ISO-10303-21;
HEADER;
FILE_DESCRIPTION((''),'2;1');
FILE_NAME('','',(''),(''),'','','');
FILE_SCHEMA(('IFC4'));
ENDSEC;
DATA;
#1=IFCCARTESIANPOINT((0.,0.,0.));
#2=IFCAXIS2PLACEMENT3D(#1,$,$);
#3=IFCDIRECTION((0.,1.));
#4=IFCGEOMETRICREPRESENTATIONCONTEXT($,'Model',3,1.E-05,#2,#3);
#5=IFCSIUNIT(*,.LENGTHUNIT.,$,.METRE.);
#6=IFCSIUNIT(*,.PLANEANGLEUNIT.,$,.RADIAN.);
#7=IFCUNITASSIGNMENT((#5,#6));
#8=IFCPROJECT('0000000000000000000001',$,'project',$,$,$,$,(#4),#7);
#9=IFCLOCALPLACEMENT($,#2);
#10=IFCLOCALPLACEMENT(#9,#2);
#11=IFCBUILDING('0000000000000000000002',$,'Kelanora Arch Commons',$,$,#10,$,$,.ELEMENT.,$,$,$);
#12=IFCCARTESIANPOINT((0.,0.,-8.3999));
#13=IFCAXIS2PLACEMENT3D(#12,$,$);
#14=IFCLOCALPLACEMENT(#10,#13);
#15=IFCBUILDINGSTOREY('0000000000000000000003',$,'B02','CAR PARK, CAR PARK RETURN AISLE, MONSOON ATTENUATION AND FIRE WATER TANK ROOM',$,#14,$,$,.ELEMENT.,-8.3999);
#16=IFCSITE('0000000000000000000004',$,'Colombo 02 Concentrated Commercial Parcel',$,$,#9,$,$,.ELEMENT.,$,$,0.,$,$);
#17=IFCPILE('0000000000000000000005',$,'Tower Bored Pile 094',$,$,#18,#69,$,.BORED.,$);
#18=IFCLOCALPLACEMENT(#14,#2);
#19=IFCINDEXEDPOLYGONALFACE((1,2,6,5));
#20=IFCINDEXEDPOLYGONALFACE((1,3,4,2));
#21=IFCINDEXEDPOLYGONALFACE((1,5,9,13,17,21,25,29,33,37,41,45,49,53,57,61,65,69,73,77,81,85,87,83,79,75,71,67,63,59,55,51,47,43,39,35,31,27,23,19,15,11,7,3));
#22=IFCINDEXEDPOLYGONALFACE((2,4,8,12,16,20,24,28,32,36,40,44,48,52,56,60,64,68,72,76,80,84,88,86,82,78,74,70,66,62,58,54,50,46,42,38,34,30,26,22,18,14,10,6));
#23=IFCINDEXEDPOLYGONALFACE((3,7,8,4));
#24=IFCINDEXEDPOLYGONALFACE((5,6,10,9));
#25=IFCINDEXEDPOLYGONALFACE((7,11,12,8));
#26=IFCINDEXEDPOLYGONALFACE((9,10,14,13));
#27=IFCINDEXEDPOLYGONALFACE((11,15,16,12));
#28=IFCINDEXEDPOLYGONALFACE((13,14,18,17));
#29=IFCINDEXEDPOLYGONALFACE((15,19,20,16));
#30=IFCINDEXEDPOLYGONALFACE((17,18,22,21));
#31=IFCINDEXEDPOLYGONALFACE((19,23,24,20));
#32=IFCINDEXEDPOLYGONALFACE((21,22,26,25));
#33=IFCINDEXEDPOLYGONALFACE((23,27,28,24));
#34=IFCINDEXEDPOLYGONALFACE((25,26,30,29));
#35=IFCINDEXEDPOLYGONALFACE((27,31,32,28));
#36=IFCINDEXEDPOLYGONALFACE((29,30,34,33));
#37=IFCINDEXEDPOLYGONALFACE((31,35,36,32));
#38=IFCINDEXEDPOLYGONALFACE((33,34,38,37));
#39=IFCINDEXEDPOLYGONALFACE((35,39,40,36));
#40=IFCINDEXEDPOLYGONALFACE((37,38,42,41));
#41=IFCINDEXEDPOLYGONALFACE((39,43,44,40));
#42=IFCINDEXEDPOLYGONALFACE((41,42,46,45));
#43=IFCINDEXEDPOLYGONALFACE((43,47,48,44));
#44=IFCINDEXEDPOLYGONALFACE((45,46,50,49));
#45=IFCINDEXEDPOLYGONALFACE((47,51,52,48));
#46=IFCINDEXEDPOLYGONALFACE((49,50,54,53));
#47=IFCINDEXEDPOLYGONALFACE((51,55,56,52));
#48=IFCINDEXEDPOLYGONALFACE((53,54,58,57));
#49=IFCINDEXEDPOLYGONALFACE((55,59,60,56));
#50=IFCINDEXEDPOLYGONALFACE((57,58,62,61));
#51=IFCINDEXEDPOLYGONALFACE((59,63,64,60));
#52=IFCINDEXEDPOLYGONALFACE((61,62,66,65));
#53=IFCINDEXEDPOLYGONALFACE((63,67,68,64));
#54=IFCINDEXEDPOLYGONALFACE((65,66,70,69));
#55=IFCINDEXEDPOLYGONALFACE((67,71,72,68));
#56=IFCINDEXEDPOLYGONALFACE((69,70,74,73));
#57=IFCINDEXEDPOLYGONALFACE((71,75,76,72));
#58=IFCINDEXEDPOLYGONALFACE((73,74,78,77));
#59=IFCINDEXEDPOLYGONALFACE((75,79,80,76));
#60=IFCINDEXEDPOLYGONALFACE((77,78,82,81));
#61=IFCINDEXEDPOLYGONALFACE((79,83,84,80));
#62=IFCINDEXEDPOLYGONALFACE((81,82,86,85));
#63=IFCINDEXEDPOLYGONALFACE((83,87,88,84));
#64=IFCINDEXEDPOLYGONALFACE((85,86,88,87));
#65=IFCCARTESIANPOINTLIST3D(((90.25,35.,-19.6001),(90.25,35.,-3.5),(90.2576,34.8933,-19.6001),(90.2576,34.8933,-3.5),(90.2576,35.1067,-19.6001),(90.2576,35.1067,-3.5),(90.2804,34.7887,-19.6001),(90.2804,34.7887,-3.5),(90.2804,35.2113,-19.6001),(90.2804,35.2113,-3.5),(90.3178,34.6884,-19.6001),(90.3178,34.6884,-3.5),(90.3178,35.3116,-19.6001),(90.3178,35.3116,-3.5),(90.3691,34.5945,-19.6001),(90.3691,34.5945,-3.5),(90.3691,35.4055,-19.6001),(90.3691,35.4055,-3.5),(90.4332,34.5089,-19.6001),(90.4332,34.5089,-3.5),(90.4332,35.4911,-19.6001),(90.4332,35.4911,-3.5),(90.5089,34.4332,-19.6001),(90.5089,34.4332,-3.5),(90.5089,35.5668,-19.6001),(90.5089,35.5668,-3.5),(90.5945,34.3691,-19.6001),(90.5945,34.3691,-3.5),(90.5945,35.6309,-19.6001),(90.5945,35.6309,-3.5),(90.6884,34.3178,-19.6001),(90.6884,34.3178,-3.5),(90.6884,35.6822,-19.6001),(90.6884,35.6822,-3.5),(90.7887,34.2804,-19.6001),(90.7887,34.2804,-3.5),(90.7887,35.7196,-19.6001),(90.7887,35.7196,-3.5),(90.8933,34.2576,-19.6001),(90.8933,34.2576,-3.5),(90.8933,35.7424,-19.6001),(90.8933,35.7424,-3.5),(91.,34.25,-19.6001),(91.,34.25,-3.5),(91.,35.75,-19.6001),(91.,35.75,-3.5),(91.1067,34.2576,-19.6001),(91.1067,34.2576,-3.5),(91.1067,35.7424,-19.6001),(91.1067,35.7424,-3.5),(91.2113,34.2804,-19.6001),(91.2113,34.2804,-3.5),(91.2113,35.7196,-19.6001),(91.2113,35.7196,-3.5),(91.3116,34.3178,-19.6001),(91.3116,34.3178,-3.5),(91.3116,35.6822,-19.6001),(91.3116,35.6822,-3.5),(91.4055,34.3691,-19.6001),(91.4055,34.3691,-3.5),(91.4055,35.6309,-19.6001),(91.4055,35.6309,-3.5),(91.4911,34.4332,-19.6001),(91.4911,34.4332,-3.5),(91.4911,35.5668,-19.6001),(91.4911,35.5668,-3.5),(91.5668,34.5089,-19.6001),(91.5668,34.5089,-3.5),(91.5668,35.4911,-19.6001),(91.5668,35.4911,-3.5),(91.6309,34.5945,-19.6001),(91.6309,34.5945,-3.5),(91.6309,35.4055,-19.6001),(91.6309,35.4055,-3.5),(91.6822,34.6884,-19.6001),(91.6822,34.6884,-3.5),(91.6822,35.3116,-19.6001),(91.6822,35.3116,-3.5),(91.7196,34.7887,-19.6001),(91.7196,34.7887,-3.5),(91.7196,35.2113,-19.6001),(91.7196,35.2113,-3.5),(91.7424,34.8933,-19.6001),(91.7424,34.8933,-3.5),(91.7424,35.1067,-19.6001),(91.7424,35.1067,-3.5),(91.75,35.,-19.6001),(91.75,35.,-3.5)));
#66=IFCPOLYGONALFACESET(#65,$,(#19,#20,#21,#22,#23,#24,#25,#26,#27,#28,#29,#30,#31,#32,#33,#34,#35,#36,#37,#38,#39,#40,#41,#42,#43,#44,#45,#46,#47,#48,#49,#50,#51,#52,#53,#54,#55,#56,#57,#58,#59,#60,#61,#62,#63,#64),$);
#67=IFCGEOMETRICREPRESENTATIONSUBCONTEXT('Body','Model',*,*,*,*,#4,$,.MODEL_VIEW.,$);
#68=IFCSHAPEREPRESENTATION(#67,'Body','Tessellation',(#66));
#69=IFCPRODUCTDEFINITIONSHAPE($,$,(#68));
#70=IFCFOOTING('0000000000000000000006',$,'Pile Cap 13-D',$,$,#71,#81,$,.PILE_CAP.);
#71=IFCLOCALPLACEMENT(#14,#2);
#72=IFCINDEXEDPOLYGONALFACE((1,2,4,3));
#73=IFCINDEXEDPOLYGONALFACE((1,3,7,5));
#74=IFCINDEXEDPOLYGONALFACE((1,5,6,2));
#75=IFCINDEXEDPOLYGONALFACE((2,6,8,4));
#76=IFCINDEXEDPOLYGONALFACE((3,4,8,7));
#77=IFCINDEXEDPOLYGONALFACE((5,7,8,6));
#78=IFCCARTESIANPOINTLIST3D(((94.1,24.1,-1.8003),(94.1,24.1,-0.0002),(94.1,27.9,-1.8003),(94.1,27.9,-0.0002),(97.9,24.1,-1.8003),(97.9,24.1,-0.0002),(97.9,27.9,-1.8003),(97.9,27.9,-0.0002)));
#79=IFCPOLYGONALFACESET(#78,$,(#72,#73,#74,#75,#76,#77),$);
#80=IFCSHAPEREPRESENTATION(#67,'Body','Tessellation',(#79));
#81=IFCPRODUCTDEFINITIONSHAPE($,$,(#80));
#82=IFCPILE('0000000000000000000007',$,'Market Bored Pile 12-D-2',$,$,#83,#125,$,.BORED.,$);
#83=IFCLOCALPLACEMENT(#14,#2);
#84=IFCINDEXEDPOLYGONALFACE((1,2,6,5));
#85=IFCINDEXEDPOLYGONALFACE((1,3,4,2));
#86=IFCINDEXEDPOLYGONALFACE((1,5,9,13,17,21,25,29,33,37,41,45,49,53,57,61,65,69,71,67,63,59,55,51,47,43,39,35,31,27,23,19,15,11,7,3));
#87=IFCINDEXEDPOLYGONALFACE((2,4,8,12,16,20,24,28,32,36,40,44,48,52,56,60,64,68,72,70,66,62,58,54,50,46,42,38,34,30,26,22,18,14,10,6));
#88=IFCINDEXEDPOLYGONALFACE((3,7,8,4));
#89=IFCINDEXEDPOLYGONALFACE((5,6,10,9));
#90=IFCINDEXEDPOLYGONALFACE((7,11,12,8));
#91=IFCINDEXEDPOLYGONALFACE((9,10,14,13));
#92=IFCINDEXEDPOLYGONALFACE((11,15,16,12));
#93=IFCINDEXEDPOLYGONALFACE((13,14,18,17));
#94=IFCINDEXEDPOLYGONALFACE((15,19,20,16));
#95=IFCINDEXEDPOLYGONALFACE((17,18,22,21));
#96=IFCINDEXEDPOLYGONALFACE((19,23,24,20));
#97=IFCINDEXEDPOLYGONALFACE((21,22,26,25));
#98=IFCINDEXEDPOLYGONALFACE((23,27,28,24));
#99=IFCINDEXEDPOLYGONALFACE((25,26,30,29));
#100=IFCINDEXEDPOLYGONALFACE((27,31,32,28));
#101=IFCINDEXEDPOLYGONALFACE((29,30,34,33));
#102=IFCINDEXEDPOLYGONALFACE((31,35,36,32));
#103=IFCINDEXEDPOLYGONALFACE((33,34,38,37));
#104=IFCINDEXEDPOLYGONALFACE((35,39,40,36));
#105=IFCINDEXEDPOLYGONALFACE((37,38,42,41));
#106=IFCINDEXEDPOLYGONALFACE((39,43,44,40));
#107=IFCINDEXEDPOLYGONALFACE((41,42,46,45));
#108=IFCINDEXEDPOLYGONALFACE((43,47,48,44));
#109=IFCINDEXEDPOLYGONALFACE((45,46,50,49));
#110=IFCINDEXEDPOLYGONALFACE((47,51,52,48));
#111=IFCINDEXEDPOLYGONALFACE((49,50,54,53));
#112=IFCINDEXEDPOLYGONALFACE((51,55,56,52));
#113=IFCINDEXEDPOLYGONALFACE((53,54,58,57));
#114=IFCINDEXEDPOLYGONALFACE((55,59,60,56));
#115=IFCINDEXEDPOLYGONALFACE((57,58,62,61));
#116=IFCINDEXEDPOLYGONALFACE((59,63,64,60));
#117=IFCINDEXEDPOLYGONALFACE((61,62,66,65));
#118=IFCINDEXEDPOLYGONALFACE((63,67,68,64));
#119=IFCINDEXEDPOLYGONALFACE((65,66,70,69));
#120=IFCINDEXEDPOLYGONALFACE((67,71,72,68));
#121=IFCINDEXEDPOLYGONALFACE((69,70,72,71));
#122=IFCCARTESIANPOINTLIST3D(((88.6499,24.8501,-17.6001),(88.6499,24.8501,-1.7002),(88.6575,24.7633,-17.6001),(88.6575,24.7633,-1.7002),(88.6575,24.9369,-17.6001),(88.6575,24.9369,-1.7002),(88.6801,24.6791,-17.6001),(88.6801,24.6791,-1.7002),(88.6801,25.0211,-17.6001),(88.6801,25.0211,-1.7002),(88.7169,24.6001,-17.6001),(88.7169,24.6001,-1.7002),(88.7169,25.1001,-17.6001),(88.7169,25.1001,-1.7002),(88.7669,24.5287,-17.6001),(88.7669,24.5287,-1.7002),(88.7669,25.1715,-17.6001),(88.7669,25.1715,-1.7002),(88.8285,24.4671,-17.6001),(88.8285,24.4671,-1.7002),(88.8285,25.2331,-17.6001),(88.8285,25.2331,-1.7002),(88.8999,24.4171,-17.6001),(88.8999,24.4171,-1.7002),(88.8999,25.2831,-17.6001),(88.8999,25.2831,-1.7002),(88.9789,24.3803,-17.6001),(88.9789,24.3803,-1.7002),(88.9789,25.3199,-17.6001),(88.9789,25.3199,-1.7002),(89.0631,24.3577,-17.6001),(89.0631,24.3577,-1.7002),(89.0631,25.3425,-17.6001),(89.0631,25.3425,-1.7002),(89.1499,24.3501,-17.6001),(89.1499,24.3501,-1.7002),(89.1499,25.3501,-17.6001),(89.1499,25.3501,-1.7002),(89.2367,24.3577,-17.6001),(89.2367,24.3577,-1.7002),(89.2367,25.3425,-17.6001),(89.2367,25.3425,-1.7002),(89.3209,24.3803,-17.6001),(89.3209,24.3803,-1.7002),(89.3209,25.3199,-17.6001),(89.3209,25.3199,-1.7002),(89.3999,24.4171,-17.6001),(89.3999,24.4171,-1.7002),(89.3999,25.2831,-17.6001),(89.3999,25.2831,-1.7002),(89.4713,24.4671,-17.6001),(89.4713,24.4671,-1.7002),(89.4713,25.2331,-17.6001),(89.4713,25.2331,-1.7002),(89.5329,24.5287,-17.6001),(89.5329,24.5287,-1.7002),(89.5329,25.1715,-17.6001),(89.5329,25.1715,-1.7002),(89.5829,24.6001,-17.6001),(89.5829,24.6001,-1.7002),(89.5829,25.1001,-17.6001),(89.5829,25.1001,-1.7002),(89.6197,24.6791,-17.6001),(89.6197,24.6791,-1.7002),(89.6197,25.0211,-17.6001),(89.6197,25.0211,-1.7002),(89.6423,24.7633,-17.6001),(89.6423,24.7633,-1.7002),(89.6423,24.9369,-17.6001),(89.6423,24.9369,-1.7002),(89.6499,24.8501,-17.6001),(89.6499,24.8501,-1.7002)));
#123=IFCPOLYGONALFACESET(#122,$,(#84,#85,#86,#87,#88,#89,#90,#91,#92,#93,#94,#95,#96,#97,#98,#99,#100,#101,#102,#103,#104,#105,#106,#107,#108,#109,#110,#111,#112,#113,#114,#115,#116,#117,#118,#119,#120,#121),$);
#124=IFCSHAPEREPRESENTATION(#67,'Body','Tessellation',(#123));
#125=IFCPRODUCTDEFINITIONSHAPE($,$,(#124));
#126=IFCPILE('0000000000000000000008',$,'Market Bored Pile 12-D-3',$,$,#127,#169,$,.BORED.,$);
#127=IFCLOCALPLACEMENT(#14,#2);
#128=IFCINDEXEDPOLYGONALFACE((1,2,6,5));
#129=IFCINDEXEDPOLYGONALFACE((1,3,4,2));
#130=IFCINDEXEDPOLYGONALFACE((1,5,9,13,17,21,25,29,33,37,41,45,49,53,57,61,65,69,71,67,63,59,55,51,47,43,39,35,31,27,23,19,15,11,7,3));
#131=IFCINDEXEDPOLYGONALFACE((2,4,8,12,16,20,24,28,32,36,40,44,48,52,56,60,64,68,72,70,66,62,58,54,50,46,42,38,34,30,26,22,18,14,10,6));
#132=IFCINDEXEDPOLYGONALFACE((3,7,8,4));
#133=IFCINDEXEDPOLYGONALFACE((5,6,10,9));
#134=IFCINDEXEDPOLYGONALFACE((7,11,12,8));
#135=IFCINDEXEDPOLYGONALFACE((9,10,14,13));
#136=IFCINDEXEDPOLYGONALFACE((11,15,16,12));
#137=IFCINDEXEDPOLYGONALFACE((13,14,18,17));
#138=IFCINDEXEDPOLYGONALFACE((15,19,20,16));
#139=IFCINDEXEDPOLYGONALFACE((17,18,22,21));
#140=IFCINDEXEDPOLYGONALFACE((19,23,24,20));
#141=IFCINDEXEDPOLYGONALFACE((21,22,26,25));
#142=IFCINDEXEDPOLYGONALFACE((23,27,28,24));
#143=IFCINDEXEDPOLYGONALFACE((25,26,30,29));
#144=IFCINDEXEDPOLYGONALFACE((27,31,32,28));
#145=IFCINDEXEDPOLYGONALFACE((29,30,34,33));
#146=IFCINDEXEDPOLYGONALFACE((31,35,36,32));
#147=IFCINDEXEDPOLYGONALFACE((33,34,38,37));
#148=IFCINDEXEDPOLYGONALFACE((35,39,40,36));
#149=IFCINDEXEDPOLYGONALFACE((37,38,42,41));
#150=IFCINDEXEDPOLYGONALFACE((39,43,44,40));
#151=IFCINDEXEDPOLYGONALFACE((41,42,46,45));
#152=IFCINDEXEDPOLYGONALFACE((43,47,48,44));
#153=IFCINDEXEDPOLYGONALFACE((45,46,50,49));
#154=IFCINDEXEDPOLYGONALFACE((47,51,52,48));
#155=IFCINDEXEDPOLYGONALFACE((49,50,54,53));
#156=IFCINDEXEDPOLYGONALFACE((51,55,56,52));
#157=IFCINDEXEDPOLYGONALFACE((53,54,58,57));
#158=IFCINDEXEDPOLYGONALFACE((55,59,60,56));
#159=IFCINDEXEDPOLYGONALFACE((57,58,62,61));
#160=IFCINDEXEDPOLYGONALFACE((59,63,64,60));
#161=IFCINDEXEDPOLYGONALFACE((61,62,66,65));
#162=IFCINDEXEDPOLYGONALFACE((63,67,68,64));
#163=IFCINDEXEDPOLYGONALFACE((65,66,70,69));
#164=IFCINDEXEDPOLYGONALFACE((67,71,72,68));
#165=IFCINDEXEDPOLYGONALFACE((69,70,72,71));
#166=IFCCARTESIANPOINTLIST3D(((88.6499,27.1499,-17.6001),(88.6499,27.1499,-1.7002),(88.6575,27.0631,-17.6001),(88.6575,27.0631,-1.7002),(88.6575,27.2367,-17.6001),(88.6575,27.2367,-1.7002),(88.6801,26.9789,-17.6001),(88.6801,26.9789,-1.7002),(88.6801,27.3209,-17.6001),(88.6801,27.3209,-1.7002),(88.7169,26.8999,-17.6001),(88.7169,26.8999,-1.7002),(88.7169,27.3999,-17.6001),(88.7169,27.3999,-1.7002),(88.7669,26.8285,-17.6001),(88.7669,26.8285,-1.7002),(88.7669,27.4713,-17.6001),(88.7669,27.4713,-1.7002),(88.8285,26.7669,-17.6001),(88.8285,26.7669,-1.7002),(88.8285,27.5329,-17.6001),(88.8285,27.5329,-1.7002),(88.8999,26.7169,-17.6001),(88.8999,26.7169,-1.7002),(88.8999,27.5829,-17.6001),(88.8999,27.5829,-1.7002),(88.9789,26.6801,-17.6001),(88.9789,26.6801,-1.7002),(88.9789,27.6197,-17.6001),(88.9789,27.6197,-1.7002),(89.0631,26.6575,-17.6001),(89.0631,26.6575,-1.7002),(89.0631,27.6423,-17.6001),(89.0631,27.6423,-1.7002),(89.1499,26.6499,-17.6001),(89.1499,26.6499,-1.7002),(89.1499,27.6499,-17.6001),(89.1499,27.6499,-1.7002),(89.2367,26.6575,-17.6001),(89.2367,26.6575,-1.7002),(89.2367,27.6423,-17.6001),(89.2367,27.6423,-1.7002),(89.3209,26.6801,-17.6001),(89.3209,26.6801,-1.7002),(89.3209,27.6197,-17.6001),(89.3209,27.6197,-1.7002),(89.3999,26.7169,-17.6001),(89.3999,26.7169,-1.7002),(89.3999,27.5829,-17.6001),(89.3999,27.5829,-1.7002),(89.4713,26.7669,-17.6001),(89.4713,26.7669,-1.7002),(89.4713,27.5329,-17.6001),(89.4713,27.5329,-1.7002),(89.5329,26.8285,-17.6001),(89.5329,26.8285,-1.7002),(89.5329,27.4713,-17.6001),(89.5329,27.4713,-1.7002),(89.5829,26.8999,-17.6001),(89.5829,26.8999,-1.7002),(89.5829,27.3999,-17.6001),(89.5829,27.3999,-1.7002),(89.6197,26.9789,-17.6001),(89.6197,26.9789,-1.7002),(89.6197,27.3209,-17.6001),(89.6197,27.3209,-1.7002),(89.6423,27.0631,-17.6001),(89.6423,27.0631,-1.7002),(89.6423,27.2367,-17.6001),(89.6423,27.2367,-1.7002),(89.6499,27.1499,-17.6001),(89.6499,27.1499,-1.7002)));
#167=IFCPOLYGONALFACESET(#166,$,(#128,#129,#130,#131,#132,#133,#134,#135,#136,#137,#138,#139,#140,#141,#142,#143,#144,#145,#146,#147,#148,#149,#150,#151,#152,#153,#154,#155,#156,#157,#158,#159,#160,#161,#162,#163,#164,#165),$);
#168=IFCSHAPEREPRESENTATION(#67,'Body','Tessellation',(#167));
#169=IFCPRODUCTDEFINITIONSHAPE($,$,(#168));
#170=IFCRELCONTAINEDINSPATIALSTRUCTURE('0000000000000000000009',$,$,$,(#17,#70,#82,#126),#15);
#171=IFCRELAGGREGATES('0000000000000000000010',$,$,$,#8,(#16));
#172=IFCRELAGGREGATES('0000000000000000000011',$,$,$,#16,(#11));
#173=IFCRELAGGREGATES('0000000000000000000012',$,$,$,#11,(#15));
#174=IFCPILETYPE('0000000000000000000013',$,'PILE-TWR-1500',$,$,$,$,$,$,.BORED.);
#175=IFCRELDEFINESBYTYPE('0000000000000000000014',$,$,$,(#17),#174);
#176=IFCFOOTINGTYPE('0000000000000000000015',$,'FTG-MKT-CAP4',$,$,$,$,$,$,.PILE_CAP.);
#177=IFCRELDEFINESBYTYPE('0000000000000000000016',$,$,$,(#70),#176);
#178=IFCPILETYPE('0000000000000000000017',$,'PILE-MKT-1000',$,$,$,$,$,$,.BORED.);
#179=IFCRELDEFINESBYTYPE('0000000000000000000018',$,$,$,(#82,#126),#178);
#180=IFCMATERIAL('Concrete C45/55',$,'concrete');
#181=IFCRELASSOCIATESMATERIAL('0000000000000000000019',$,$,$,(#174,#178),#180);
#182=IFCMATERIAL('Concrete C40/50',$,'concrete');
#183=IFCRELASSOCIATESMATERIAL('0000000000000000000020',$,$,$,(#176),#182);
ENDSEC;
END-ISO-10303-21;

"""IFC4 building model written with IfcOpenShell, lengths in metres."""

from ifc_helpers import new_model, si_unit, direction, frame, origin, origin_2d, place, context, subcontext, project, spatial, rectangle, circle, extrude, source, transform, mapped, material, material_profile, profile_set, type_object, element, save


model = new_model("IFC4")

# Units and contexts
model_context = context("Model", 3, precision=1e-05, world=origin(), true_north=direction((0.0, 1.0)))
body_context = subcontext(model_context, "Body", "Model", "MODEL_VIEW")
ifc_project = project(units=[si_unit("LENGTHUNIT", "METRE"), si_unit("PLANEANGLEUNIT", "RADIAN")], contexts=[model_context])

# Site, building, storey
site_placement = place(None, origin())
site = spatial("IfcSite", under=ifc_project, at=site_placement, Name="Colombo 02 Concentrated Commercial Parcel", CompositionType="ELEMENT", RefElevation=0.0)
building_placement = place(site_placement, origin())
building = spatial("IfcBuilding", under=site, at=building_placement, Name="Kelanora Arch Commons", CompositionType="ELEMENT")
storey_placement = place(building_placement, frame((0.0, 0.0, -8.3999)))
storey = spatial("IfcBuildingStorey", under=building, at=storey_placement, Name="B02", Description="CAR PARK, CAR PARK RETURN AISLE, MONSOON ATTENUATION AND FIRE WATER TANK ROOM", CompositionType="ELEMENT", Elevation=-8.3999)

# Pile
ifc_material_1 = material(Name="Concrete C45/55", Category="concrete")
ifc_material_profile_1 = material_profile(ifc_material_1, circle(Radius=0.75, at=origin_2d()), Name="PILE1500")
ifc_profile_set_1 = profile_set([ifc_material_profile_1], Name="Concrete C45/55")
pile_type_1 = type_object("IfcPileType", Name="PILE-TWR-1500", PredefinedType="BORED", material=ifc_profile_set_1)
shared_shape_1 = source(origin(), body_context, "Body", "SweptSolid", [
    extrude(circle(Radius=0.75, at=origin_2d()), origin(), (0.0, 0.0, 1.0), 16.1001),
])
pile_placement = place(storey_placement, frame((91.0, 35.0, -3.5), z_axis=(0.0, 0.0, -1.0), x_axis=(1.0, 0.0, 0.0)))
element("IfcPile", 1, at=pile_placement, inside=storey, type_object=pile_type_1, Name="Tower Bored Pile 094", PredefinedType="BORED", context=body_context, shape_type="MappedRepresentation", body=[
    mapped(shared_shape_1, transform((0.0, 0.0, 0.0), scale=1.0)),
])

# Footing
ifc_material_2 = material(Name="Concrete C40/50", Category="concrete")
footing_type_1 = type_object("IfcFootingType", Name="FTG-MKT-CAP4", PredefinedType="PILE_CAP", material=ifc_material_2)
shared_shape_2 = source(origin(), body_context, "Body", "SweptSolid", [
    extrude(rectangle(XDim=3.8, YDim=3.8, at=origin_2d()), origin(), (0.0, 0.0, 1.0), 1.8),
])
footing_1_placement = place(storey_placement, frame((96.0, 26.0, -1.8003), z_axis=(0.0, 0.0, 1.0), x_axis=(1.0, 0.0, 0.0)))
element("IfcFooting", 2, at=footing_1_placement, inside=storey, type_object=footing_type_1, Name="Pile Cap 13-D", PredefinedType="PILE_CAP", context=body_context, shape_type="MappedRepresentation", body=[
    mapped(shared_shape_2, transform((0.0, 0.0, 0.0), scale=1.0)),
])

# Piles
ifc_material_profile_2 = material_profile(ifc_material_1, circle(Radius=0.5, at=origin_2d()), Name="PILE1000")
ifc_profile_set_2 = profile_set([ifc_material_profile_2], Name="Concrete C45/55")
pile_type_2 = type_object("IfcPileType", Name="PILE-MKT-1000", PredefinedType="BORED", material=ifc_profile_set_2)
shared_shape_3 = source(origin(), body_context, "Body", "SweptSolid", [
    extrude(circle(Radius=0.5, at=origin_2d()), origin(), (0.0, 0.0, 1.0), 15.8999),
])
for number, where, z_axis, x_axis, name in (
    (3, (89.1499, 24.8501, -1.7002), (0.0, 0.0, -1.0), (1.0, 0.0, 0.0), "Market Bored Pile 12-D-2"),
    (4, (89.1499, 27.1499, -1.7002), (0.0, 0.0, -1.0), (1.0, 0.0, 0.0), "Market Bored Pile 12-D-3"),
):
    element("IfcPile", number, at=place(storey_placement, frame(where, z_axis=z_axis, x_axis=x_axis)), inside=storey, type_object=pile_type_2, Name=name, PredefinedType="BORED", context=body_context, shape_type="MappedRepresentation", body=[
        mapped(shared_shape_3, transform((0.0, 0.0, 0.0), scale=1.0)),
    ])

save(model, "model.ifc")
